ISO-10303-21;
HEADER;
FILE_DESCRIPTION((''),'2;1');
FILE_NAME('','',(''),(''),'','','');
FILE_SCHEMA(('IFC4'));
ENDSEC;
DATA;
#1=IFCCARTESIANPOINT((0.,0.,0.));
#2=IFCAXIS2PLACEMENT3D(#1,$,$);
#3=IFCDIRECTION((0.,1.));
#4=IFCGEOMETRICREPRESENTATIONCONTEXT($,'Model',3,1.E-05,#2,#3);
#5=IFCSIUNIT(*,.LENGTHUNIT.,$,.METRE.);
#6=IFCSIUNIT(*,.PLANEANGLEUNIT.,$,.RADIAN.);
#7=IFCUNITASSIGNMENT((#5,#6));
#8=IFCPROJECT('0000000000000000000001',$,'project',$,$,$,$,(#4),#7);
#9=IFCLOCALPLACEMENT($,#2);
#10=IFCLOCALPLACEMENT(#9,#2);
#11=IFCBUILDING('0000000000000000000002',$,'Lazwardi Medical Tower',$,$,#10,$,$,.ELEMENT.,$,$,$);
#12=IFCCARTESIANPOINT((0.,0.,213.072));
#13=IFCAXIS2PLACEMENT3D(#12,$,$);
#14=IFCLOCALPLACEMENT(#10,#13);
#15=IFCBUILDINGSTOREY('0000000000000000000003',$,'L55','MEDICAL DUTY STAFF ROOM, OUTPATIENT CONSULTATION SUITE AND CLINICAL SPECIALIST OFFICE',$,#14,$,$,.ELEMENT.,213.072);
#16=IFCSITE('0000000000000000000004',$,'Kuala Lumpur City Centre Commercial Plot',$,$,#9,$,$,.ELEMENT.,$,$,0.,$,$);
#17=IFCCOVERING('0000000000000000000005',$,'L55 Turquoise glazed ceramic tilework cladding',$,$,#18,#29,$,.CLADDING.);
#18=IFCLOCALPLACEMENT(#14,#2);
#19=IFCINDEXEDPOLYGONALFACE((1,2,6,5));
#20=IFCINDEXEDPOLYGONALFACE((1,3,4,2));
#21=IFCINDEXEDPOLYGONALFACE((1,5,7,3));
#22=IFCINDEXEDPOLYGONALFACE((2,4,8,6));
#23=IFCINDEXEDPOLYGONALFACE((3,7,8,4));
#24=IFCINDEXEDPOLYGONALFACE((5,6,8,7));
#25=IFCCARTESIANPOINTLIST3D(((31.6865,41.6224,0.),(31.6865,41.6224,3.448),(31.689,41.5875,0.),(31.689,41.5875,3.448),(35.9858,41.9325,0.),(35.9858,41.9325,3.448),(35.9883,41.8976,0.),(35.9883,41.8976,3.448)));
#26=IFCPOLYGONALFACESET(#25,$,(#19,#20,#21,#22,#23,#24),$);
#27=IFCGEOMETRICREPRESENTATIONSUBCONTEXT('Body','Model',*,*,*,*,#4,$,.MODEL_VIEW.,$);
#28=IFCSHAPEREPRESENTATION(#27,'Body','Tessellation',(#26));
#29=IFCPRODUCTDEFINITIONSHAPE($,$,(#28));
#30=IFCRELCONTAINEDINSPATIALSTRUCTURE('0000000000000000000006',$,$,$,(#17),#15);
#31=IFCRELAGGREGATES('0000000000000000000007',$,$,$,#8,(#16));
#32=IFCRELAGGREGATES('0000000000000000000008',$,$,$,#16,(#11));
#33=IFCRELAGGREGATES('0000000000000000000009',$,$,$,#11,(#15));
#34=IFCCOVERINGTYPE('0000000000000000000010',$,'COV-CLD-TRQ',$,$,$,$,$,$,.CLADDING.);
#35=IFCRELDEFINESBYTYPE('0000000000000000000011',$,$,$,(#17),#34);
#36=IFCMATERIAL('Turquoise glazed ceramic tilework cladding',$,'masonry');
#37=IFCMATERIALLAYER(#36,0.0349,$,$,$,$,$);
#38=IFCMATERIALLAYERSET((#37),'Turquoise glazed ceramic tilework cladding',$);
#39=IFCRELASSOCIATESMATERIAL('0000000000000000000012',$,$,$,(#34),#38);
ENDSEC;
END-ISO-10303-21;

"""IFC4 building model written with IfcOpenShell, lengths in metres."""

from ifc_helpers import new_model, si_unit, direction, frame, origin, origin_2d, place, context, subcontext, project, spatial, rectangle, extrude, material, layer, layer_set, type_object, element, save


model = new_model("IFC4")

# Units and contexts
model_context = context("Model", 3, precision=1e-05, world=origin(), true_north=direction((0.0, 1.0)))
body_context = subcontext(model_context, "Body", "Model", "MODEL_VIEW")
ifc_project = project(units=[si_unit("LENGTHUNIT", "METRE"), si_unit("PLANEANGLEUNIT", "RADIAN")], contexts=[model_context])

# Site, building, storey
site_placement = place(None, origin())
site = spatial("IfcSite", under=ifc_project, at=site_placement, Name="Kuala Lumpur City Centre Commercial Plot", CompositionType="ELEMENT", RefElevation=0.0)
building_placement = place(site_placement, origin())
building = spatial("IfcBuilding", under=site, at=building_placement, Name="Lazwardi Medical Tower", CompositionType="ELEMENT")
storey_placement = place(building_placement, frame((0.0, 0.0, 213.072)))
storey = spatial("IfcBuildingStorey", under=building, at=storey_placement, Name="L55", Description="MEDICAL DUTY STAFF ROOM, OUTPATIENT CONSULTATION SUITE AND CLINICAL SPECIALIST OFFICE", CompositionType="ELEMENT", Elevation=213.072)

# Covering
ifc_material_1 = material(Name="Turquoise glazed ceramic tilework cladding", Category="masonry")
ifc_layer_1 = layer(ifc_material_1, 0.0349)
ifc_layer_set_1 = layer_set([ifc_layer_1], Name="Turquoise glazed ceramic tilework cladding")
covering_type_1 = type_object("IfcCoveringType", Name="COV-CLD-TRQ", PredefinedType="CLADDING", material=ifc_layer_set_1)
covering_1_placement = place(storey_placement, frame((33.8374, 41.76, 0.0), z_axis=(0.0, 0.0, 1.0), x_axis=(-0.997409, -0.07194, 0.0)))
element("IfcCovering", 1, at=covering_1_placement, inside=storey, type_object=covering_type_1, Name="L55 Turquoise glazed ceramic tilework cladding", PredefinedType="CLADDING", context=body_context, shape_type="SweptSolid", body=[
    extrude(rectangle(XDim=4.3105, YDim=0.0349, at=origin_2d()), origin(), (0.0, 0.0, 1.0), 3.448),
])

save(model, "model.ifc")
